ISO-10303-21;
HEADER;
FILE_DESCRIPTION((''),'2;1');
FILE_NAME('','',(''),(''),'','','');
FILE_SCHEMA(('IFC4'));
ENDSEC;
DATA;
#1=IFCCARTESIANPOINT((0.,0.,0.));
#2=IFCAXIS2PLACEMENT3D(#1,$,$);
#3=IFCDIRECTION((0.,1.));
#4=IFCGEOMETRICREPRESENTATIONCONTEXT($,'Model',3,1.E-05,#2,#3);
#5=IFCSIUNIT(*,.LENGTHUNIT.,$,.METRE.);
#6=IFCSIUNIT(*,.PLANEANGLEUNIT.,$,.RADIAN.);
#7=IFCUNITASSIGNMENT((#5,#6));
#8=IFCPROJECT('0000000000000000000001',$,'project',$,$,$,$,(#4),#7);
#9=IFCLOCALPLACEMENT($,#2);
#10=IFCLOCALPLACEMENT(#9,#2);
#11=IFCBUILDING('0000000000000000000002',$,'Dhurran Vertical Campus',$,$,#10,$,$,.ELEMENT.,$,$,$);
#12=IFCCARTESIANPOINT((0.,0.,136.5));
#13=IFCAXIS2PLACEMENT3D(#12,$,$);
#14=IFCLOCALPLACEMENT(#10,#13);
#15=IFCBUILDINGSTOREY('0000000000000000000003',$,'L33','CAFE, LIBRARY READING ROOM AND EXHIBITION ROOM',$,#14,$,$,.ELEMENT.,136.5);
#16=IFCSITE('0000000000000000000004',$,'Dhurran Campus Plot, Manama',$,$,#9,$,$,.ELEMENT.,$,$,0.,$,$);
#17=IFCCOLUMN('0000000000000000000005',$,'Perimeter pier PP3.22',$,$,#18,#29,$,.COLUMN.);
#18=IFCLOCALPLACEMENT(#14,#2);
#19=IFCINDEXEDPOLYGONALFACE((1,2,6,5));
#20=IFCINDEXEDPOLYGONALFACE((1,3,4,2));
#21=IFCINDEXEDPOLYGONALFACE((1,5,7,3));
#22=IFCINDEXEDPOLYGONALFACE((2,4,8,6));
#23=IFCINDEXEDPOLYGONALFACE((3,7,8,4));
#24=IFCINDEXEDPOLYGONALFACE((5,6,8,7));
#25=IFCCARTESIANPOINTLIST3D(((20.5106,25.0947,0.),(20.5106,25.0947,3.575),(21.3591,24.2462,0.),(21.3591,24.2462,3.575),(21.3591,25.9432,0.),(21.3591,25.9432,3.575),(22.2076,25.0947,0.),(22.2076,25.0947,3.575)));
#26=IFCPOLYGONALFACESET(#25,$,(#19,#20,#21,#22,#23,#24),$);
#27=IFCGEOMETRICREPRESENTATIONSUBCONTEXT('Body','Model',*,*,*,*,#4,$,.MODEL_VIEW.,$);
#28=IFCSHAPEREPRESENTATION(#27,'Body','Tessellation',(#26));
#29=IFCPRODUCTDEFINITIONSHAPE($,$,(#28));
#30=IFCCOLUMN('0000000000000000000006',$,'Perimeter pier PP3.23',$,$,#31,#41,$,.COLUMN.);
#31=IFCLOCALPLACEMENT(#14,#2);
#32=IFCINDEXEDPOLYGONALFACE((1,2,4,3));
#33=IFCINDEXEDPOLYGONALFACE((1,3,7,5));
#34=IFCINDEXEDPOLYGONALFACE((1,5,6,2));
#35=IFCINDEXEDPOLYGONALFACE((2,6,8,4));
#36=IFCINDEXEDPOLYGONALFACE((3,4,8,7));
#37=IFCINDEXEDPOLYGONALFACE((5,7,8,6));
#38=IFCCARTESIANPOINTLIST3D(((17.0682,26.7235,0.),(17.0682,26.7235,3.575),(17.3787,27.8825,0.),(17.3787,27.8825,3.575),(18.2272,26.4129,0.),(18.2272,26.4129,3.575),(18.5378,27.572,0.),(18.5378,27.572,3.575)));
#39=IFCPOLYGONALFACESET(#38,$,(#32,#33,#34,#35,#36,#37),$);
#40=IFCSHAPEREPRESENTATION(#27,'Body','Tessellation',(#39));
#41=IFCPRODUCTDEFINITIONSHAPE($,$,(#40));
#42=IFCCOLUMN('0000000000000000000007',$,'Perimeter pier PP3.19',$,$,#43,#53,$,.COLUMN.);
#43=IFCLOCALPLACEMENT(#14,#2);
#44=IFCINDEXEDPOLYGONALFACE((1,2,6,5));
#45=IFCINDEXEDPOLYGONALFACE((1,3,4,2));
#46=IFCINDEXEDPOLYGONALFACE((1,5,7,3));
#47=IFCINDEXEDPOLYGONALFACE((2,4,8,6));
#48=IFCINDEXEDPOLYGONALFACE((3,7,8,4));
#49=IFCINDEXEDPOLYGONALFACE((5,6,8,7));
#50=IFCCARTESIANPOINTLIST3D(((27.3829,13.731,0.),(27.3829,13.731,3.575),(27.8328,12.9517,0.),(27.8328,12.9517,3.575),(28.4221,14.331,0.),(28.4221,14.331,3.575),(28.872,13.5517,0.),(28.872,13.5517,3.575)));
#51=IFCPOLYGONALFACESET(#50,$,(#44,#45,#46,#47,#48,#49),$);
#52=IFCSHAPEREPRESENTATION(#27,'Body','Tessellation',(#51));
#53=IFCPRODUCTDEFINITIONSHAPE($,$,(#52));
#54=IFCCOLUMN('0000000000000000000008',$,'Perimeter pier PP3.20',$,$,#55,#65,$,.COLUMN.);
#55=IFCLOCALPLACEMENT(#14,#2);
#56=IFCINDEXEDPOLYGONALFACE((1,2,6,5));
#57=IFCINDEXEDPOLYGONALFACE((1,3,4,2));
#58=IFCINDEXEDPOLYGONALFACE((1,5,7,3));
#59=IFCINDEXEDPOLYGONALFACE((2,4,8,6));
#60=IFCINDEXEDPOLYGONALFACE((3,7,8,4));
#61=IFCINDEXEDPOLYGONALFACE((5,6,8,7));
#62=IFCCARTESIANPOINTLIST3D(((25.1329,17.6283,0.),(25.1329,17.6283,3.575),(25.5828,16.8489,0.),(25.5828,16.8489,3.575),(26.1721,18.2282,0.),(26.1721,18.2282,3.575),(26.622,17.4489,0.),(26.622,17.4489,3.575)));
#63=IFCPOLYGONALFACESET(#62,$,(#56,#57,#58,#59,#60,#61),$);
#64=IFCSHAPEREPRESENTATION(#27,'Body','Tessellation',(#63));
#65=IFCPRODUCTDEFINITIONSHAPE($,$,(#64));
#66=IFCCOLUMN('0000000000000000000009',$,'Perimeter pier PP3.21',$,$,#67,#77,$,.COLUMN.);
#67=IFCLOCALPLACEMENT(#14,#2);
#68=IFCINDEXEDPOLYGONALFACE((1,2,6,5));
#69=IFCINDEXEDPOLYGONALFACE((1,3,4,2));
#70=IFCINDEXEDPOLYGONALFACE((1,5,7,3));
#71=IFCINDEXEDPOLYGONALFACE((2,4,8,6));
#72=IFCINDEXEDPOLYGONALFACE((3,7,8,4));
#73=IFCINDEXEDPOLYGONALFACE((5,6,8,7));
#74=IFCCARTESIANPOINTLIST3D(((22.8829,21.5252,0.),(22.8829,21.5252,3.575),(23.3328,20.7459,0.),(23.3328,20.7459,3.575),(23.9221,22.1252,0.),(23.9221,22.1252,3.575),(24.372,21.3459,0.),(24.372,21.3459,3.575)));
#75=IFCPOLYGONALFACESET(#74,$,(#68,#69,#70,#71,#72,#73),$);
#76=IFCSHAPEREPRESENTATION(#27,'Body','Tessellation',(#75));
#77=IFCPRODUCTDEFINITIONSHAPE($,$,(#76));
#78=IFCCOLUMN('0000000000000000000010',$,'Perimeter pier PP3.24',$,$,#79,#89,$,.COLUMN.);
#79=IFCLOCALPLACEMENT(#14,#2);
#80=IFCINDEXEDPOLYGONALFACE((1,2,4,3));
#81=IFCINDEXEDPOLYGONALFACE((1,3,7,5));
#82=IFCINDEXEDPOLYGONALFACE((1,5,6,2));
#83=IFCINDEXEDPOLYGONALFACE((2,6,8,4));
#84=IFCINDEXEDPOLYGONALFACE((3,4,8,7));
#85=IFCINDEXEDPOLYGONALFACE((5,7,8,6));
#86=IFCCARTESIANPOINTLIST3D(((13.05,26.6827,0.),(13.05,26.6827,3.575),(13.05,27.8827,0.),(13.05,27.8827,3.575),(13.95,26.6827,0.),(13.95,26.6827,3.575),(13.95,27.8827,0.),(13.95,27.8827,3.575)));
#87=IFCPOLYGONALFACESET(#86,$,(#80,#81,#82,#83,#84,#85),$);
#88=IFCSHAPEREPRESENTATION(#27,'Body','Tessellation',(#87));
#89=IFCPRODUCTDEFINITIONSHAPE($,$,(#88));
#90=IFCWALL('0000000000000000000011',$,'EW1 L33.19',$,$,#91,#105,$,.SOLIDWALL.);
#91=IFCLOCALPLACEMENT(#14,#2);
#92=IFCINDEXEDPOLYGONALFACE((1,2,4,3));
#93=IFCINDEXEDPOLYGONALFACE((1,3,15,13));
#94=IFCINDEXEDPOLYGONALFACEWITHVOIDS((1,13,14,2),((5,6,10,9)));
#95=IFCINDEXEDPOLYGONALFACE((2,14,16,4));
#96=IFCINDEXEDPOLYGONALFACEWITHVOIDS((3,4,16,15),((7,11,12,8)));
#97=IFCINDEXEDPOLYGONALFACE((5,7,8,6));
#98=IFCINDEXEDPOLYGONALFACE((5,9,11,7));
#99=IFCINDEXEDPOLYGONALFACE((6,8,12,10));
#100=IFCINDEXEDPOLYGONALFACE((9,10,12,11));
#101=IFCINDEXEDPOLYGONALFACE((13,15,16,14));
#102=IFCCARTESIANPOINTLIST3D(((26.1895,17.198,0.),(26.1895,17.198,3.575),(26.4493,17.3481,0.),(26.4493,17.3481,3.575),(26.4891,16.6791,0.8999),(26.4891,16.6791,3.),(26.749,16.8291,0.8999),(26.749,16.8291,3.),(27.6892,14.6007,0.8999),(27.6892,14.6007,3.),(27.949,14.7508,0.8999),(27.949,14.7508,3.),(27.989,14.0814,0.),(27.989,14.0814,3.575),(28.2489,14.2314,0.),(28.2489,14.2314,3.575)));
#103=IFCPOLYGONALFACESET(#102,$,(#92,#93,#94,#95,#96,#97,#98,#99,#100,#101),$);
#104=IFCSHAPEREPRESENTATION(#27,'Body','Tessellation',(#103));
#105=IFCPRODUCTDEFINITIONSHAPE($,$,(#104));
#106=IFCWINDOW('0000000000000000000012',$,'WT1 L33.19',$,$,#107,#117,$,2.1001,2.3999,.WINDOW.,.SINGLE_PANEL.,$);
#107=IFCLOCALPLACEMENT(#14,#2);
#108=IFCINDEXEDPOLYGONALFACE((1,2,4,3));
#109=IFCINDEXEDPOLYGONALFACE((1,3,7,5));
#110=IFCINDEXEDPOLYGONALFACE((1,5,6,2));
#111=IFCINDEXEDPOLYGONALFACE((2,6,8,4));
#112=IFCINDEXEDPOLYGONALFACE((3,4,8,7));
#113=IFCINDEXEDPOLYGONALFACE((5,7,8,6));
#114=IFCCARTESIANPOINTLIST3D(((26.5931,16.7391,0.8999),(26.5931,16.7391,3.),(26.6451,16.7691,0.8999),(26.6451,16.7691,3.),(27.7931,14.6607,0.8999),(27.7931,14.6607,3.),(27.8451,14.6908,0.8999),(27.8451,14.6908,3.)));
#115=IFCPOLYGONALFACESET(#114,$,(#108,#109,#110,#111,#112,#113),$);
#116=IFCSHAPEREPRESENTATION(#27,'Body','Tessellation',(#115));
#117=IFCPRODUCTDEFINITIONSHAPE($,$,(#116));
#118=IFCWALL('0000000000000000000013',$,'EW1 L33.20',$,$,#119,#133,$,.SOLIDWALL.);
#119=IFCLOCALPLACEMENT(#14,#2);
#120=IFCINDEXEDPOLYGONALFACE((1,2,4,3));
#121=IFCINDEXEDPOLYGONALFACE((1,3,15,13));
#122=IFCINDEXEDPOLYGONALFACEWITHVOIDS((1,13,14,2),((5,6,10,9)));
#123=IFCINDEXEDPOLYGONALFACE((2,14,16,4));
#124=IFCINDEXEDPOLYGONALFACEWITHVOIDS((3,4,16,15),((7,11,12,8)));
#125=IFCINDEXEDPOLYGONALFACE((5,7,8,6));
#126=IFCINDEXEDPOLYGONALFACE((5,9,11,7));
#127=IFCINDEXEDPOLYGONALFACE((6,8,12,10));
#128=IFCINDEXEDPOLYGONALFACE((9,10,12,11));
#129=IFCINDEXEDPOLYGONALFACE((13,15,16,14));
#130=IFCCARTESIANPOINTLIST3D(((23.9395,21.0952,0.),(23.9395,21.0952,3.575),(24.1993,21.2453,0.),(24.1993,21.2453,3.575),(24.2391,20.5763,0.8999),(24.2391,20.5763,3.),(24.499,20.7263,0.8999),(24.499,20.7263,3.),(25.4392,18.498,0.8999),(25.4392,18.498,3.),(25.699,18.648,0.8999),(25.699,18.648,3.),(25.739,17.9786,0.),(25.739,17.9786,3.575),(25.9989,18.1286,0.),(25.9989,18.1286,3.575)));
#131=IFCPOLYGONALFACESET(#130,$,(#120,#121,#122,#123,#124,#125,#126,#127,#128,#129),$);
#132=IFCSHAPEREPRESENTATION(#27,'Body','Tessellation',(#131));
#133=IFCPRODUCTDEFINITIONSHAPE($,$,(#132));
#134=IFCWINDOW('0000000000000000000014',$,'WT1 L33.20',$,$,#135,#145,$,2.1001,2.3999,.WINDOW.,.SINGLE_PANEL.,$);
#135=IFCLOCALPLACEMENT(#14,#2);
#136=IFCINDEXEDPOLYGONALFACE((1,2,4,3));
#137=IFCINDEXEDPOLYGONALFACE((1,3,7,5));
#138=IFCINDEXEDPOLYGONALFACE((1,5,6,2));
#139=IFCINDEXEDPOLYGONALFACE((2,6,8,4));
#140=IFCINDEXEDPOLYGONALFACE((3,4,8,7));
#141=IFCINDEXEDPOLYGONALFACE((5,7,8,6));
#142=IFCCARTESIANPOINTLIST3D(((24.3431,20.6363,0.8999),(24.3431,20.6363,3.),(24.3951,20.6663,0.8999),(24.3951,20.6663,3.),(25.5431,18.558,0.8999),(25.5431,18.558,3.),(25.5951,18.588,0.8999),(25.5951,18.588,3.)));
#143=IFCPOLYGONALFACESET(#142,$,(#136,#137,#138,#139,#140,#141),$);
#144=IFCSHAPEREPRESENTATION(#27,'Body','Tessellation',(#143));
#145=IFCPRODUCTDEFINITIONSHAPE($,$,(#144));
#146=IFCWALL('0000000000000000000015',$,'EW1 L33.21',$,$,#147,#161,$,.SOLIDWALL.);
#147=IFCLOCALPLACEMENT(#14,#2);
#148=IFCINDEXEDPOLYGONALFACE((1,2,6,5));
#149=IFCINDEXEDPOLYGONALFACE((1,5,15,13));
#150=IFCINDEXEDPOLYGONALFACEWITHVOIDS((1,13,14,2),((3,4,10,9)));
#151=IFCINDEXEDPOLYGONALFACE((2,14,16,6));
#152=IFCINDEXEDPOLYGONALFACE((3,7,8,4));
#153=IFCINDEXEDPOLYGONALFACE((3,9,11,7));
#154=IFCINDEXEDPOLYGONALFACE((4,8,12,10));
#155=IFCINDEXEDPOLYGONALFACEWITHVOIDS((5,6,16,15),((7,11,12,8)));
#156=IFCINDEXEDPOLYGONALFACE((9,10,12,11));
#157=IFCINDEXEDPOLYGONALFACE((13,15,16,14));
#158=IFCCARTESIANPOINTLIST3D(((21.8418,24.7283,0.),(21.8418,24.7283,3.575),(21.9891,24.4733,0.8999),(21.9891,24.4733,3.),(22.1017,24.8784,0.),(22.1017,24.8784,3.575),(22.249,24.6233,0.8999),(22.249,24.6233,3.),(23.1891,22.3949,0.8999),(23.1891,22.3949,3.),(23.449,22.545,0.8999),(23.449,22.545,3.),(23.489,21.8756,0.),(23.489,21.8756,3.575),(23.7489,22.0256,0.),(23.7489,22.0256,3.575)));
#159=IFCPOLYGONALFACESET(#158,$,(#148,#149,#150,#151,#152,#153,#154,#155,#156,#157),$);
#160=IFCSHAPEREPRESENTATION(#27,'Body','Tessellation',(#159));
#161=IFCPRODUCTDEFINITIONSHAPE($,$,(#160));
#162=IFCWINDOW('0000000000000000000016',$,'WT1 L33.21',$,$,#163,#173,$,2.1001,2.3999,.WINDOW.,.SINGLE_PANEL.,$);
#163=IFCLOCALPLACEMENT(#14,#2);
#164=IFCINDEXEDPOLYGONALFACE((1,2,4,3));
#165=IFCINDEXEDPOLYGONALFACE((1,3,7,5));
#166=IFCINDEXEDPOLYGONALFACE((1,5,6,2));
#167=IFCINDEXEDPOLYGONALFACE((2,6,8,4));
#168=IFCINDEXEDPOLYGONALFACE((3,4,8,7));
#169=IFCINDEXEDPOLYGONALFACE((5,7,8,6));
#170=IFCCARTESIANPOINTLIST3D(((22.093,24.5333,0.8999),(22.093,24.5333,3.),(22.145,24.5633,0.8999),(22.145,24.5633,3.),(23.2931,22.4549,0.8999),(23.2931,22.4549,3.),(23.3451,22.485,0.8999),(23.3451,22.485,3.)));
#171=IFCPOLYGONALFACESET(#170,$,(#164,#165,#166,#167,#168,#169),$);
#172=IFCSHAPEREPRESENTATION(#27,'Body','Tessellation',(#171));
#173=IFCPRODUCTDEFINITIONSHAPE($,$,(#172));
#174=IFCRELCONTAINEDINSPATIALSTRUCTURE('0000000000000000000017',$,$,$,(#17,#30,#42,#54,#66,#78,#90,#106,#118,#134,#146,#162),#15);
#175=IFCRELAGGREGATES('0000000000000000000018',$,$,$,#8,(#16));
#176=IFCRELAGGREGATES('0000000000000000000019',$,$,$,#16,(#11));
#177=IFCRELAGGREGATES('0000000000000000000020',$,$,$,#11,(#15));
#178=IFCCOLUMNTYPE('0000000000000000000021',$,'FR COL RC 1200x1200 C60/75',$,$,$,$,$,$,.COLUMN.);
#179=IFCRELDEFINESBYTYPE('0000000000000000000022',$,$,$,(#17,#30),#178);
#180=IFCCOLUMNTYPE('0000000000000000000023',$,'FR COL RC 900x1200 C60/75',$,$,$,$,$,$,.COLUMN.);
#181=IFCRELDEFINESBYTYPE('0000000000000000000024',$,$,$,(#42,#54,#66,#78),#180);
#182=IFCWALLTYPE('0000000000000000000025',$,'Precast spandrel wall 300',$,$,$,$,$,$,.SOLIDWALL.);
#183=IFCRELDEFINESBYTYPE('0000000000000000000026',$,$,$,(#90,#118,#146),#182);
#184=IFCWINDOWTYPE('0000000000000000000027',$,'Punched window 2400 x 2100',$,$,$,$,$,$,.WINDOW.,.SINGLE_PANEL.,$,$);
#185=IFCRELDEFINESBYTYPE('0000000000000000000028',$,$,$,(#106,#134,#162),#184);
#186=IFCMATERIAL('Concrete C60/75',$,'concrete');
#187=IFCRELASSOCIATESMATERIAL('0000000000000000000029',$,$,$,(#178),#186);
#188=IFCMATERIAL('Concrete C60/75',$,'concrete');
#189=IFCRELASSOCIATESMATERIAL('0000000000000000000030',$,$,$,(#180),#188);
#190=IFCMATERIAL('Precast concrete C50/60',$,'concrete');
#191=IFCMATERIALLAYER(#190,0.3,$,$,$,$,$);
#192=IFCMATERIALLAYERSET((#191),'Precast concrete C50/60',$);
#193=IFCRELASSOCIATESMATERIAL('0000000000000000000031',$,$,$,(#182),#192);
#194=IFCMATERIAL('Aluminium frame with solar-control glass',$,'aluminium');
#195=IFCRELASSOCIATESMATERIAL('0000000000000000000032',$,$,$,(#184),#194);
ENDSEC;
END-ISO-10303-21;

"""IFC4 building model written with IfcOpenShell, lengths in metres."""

from ifc_helpers import new_model, si_unit, direction, frame, frame_2d, origin, origin_2d, place, context, subcontext, project, spatial, rectangle, extrude, material, layer, layer_set, material_profile, profile_set, type_object, element, fill, save


model = new_model("IFC4")

# Units and contexts
model_context = context("Model", 3, precision=1e-05, world=origin(), true_north=direction((0.0, 1.0)))
body_context = subcontext(model_context, "Body", "Model", "MODEL_VIEW")
ifc_project = project(units=[si_unit("LENGTHUNIT", "METRE"), si_unit("PLANEANGLEUNIT", "RADIAN")], contexts=[model_context])

# Site, building, storey
site_placement = place(None, origin())
site = spatial("IfcSite", under=ifc_project, at=site_placement, Name="Dhurran Campus Plot, Manama", CompositionType="ELEMENT", RefElevation=0.0)
building_placement = place(site_placement, origin())
building = spatial("IfcBuilding", under=site, at=building_placement, Name="Dhurran Vertical Campus", CompositionType="ELEMENT")
storey_placement = place(building_placement, frame((0.0, 0.0, 136.5)))
storey = spatial("IfcBuildingStorey", under=building, at=storey_placement, Name="L33", Description="CAFE, LIBRARY READING ROOM AND EXHIBITION ROOM", CompositionType="ELEMENT", Elevation=136.5)

# Columns
ifc_material_1 = material(Name="Concrete C60/75", Category="concrete")
ifc_material_profile_1 = material_profile(ifc_material_1, rectangle(XDim=1.2, YDim=1.2, at=origin_2d()), Name="RC 1200x1200")
ifc_profile_set_1 = profile_set([ifc_material_profile_1], Name="Concrete C60/75")
column_type_1 = type_object("IfcColumnType", Name="FR COL RC 1200x1200 C60/75", PredefinedType="COLUMN", material=ifc_profile_set_1)
for number, where, z_axis, x_axis, name in (
    (1, (21.3591, 25.0947, 0.0), (0.0, 0.0, 1.0), (-0.707107, 0.707107, 0.0), "Perimeter pier PP3.22"),
    (2, (17.803, 27.1477, 0.0), (0.0, 0.0, 1.0), (-0.965926, 0.258819, 0.0), "Perimeter pier PP3.23"),
):
    element("IfcColumn", number, at=place(storey_placement, frame(where, z_axis=z_axis, x_axis=x_axis)), inside=storey, type_object=column_type_1, Name=name, PredefinedType="COLUMN", context=body_context, shape_type="SweptSolid", body=[
        extrude(rectangle(XDim=1.2, YDim=1.2, at=origin_2d()), origin(), (0.0, 0.0, 1.0), 3.575),
    ])
ifc_material_2 = material(Name="Concrete C60/75", Category="concrete")
ifc_material_profile_2 = material_profile(ifc_material_2, rectangle(XDim=0.8999, YDim=1.2, at=origin_2d()), Name="RC 900x1200")
ifc_profile_set_2 = profile_set([ifc_material_profile_2], Name="Concrete C60/75")
column_type_2 = type_object("IfcColumnType", Name="FR COL RC 900x1200 C60/75", PredefinedType="COLUMN", material=ifc_profile_set_2)
for number, where, z_axis, x_axis, name in (
    (3, (28.1274, 13.6414, 0.0), (0.0, 0.0, 1.0), (-0.5, 0.866025, 0.0), "Perimeter pier PP3.19"),
    (4, (25.8774, 17.5386, 0.0), (0.0, 0.0, 1.0), (-0.5, 0.866025, 0.0), "Perimeter pier PP3.20"),
    (5, (23.6274, 21.4355, 0.0), (0.0, 0.0, 1.0), (-0.5, 0.866025, 0.0), "Perimeter pier PP3.21"),
    (6, (13.5, 27.2827, 0.0), (0.0, 0.0, 1.0), (-1.0, 0.0, 0.0), "Perimeter pier PP3.24"),
):
    element("IfcColumn", number, at=place(storey_placement, frame(where, z_axis=z_axis, x_axis=x_axis)), inside=storey, type_object=column_type_2, Name=name, PredefinedType="COLUMN", context=body_context, shape_type="SweptSolid", body=[
        extrude(rectangle(XDim=0.8999, YDim=1.2, at=origin_2d()), origin(), (0.0, 0.0, 1.0), 3.575),
    ])

# Walls, openings, windows
ifc_material_3 = material(Name="Precast concrete C50/60", Category="concrete")
ifc_layer_1 = layer(ifc_material_3, 0.3)
ifc_layer_set_1 = layer_set([ifc_layer_1], Name="Precast concrete C50/60")
wall_type_1 = type_object("IfcWallType", Name="Precast spandrel wall 300", PredefinedType="SOLIDWALL", material=ifc_layer_set_1)
wall_1_placement = place(storey_placement, frame((28.1189, 14.1565, 0.0), z_axis=(0.0, 0.0, 1.0), x_axis=(-0.500028, 0.866009, 0.0)))
wall_1 = element("IfcWall", 7, at=wall_1_placement, inside=storey, type_object=wall_type_1, Name="EW1 L33.19", PredefinedType="SOLIDWALL", context=body_context, shape_type="SweptSolid", body=[
    extrude(rectangle(XDim=3.5989, YDim=0.3, at=frame_2d((1.7993, 0.0))), origin(), (0.0, 0.0, 1.0), 3.575),
])
opening_1_placement = place(wall_1_placement, frame((0.5996, 0.0, 0.8999)))
opening_1 = element("IfcOpeningElement", 8, at=opening_1_placement, cuts=wall_1, PredefinedType="OPENING", context=body_context, shape_type="SweptSolid", body=[
    extrude(rectangle(XDim=2.3999, YDim=2.1001, at=frame_2d((1.2, 1.05))), frame((0.0, 0.1599, 0.0), z_axis=(0.0, -1.0, 0.0), x_axis=(1.0, 0.0, 0.0)), (0.0, 0.0, 1.0), 0.3201),
])
ifc_material_4 = material(Name="Aluminium frame with solar-control glass", Category="aluminium")
window_type = type_object("IfcWindowType", Name="Punched window 2400 x 2100", PartitioningType="SINGLE_PANEL", PredefinedType="WINDOW", material=ifc_material_4)
window_1_placement = place(opening_1_placement, origin())
window_1 = element("IfcWindow", 9, at=window_1_placement, inside=storey, type_object=window_type, Name="WT1 L33.19", OverallHeight=2.1001, OverallWidth=2.3999, PartitioningType="SINGLE_PANEL", PredefinedType="WINDOW", context=body_context, shape_type="SweptSolid", body=[
    extrude(rectangle(XDim=2.3999, YDim=2.1001, at=frame_2d((1.2, 1.05))), frame((0.0, 0.03, 0.0), z_axis=(0.0, -1.0, 0.0), x_axis=(1.0, 0.0, 0.0)), (0.0, 0.0, 1.0), 0.0601),
])
fill(opening_1, window_1)
wall_2_placement = place(storey_placement, frame((25.8689, 18.0537, 0.0), z_axis=(0.0, 0.0, 1.0), x_axis=(-0.500028, 0.866009, 0.0)))
wall_2 = element("IfcWall", 10, at=wall_2_placement, inside=storey, type_object=wall_type_1, Name="EW1 L33.20", PredefinedType="SOLIDWALL", context=body_context, shape_type="SweptSolid", body=[
    extrude(rectangle(XDim=3.5989, YDim=0.3, at=frame_2d((1.7993, 0.0))), origin(), (0.0, 0.0, 1.0), 3.575),
])
opening_2_placement = place(wall_2_placement, frame((0.5996, 0.0, 0.8999)))
opening_2 = element("IfcOpeningElement", 11, at=opening_2_placement, cuts=wall_2, PredefinedType="OPENING", context=body_context, shape_type="SweptSolid", body=[
    extrude(rectangle(XDim=2.3999, YDim=2.1001, at=frame_2d((1.2, 1.05))), frame((0.0, 0.1599, 0.0), z_axis=(0.0, -1.0, 0.0), x_axis=(1.0, 0.0, 0.0)), (0.0, 0.0, 1.0), 0.3201),
])
window_2_placement = place(opening_2_placement, origin())
window_2 = element("IfcWindow", 12, at=window_2_placement, inside=storey, type_object=window_type, Name="WT1 L33.20", OverallHeight=2.1001, OverallWidth=2.3999, PartitioningType="SINGLE_PANEL", PredefinedType="WINDOW", context=body_context, shape_type="SweptSolid", body=[
    extrude(rectangle(XDim=2.3999, YDim=2.1001, at=frame_2d((1.2, 1.05))), frame((0.0, 0.03, 0.0), z_axis=(0.0, -1.0, 0.0), x_axis=(1.0, 0.0, 0.0)), (0.0, 0.0, 1.0), 0.0601),
])
fill(opening_2, window_2)
wall_3_placement = place(storey_placement, frame((23.6189, 21.9507, 0.0), z_axis=(0.0, 0.0, 1.0), x_axis=(-0.500037, 0.866004, 0.0)))
wall_3 = element("IfcWall", 13, at=wall_3_placement, inside=storey, type_object=wall_type_1, Name="EW1 L33.21", PredefinedType="SOLIDWALL", context=body_context, shape_type="SweptSolid", body=[
    extrude(rectangle(XDim=3.2942, YDim=0.3, at=frame_2d((1.647, 0.0))), origin(), (0.0, 0.0, 1.0), 3.575),
])
opening_3_placement = place(wall_3_placement, frame((0.5996, 0.0, 0.8999)))
opening_3 = element("IfcOpeningElement", 14, at=opening_3_placement, cuts=wall_3, PredefinedType="OPENING", context=body_context, shape_type="SweptSolid", body=[
    extrude(rectangle(XDim=2.3999, YDim=2.1001, at=frame_2d((1.2, 1.05))), frame((0.0, 0.1599, 0.0), z_axis=(0.0, -1.0, 0.0), x_axis=(1.0, 0.0, 0.0)), (0.0, 0.0, 1.0), 0.3201),
])
window_3_placement = place(opening_3_placement, origin())
window_3 = element("IfcWindow", 15, at=window_3_placement, inside=storey, type_object=window_type, Name="WT1 L33.21", OverallHeight=2.1001, OverallWidth=2.3999, PartitioningType="SINGLE_PANEL", PredefinedType="WINDOW", context=body_context, shape_type="SweptSolid", body=[
    extrude(rectangle(XDim=2.3999, YDim=2.1001, at=frame_2d((1.2, 1.05))), frame((0.0, 0.03, 0.0), z_axis=(0.0, -1.0, 0.0), x_axis=(1.0, 0.0, 0.0)), (0.0, 0.0, 1.0), 0.0601),
])
fill(opening_3, window_3)

save(model, "model.ifc")
